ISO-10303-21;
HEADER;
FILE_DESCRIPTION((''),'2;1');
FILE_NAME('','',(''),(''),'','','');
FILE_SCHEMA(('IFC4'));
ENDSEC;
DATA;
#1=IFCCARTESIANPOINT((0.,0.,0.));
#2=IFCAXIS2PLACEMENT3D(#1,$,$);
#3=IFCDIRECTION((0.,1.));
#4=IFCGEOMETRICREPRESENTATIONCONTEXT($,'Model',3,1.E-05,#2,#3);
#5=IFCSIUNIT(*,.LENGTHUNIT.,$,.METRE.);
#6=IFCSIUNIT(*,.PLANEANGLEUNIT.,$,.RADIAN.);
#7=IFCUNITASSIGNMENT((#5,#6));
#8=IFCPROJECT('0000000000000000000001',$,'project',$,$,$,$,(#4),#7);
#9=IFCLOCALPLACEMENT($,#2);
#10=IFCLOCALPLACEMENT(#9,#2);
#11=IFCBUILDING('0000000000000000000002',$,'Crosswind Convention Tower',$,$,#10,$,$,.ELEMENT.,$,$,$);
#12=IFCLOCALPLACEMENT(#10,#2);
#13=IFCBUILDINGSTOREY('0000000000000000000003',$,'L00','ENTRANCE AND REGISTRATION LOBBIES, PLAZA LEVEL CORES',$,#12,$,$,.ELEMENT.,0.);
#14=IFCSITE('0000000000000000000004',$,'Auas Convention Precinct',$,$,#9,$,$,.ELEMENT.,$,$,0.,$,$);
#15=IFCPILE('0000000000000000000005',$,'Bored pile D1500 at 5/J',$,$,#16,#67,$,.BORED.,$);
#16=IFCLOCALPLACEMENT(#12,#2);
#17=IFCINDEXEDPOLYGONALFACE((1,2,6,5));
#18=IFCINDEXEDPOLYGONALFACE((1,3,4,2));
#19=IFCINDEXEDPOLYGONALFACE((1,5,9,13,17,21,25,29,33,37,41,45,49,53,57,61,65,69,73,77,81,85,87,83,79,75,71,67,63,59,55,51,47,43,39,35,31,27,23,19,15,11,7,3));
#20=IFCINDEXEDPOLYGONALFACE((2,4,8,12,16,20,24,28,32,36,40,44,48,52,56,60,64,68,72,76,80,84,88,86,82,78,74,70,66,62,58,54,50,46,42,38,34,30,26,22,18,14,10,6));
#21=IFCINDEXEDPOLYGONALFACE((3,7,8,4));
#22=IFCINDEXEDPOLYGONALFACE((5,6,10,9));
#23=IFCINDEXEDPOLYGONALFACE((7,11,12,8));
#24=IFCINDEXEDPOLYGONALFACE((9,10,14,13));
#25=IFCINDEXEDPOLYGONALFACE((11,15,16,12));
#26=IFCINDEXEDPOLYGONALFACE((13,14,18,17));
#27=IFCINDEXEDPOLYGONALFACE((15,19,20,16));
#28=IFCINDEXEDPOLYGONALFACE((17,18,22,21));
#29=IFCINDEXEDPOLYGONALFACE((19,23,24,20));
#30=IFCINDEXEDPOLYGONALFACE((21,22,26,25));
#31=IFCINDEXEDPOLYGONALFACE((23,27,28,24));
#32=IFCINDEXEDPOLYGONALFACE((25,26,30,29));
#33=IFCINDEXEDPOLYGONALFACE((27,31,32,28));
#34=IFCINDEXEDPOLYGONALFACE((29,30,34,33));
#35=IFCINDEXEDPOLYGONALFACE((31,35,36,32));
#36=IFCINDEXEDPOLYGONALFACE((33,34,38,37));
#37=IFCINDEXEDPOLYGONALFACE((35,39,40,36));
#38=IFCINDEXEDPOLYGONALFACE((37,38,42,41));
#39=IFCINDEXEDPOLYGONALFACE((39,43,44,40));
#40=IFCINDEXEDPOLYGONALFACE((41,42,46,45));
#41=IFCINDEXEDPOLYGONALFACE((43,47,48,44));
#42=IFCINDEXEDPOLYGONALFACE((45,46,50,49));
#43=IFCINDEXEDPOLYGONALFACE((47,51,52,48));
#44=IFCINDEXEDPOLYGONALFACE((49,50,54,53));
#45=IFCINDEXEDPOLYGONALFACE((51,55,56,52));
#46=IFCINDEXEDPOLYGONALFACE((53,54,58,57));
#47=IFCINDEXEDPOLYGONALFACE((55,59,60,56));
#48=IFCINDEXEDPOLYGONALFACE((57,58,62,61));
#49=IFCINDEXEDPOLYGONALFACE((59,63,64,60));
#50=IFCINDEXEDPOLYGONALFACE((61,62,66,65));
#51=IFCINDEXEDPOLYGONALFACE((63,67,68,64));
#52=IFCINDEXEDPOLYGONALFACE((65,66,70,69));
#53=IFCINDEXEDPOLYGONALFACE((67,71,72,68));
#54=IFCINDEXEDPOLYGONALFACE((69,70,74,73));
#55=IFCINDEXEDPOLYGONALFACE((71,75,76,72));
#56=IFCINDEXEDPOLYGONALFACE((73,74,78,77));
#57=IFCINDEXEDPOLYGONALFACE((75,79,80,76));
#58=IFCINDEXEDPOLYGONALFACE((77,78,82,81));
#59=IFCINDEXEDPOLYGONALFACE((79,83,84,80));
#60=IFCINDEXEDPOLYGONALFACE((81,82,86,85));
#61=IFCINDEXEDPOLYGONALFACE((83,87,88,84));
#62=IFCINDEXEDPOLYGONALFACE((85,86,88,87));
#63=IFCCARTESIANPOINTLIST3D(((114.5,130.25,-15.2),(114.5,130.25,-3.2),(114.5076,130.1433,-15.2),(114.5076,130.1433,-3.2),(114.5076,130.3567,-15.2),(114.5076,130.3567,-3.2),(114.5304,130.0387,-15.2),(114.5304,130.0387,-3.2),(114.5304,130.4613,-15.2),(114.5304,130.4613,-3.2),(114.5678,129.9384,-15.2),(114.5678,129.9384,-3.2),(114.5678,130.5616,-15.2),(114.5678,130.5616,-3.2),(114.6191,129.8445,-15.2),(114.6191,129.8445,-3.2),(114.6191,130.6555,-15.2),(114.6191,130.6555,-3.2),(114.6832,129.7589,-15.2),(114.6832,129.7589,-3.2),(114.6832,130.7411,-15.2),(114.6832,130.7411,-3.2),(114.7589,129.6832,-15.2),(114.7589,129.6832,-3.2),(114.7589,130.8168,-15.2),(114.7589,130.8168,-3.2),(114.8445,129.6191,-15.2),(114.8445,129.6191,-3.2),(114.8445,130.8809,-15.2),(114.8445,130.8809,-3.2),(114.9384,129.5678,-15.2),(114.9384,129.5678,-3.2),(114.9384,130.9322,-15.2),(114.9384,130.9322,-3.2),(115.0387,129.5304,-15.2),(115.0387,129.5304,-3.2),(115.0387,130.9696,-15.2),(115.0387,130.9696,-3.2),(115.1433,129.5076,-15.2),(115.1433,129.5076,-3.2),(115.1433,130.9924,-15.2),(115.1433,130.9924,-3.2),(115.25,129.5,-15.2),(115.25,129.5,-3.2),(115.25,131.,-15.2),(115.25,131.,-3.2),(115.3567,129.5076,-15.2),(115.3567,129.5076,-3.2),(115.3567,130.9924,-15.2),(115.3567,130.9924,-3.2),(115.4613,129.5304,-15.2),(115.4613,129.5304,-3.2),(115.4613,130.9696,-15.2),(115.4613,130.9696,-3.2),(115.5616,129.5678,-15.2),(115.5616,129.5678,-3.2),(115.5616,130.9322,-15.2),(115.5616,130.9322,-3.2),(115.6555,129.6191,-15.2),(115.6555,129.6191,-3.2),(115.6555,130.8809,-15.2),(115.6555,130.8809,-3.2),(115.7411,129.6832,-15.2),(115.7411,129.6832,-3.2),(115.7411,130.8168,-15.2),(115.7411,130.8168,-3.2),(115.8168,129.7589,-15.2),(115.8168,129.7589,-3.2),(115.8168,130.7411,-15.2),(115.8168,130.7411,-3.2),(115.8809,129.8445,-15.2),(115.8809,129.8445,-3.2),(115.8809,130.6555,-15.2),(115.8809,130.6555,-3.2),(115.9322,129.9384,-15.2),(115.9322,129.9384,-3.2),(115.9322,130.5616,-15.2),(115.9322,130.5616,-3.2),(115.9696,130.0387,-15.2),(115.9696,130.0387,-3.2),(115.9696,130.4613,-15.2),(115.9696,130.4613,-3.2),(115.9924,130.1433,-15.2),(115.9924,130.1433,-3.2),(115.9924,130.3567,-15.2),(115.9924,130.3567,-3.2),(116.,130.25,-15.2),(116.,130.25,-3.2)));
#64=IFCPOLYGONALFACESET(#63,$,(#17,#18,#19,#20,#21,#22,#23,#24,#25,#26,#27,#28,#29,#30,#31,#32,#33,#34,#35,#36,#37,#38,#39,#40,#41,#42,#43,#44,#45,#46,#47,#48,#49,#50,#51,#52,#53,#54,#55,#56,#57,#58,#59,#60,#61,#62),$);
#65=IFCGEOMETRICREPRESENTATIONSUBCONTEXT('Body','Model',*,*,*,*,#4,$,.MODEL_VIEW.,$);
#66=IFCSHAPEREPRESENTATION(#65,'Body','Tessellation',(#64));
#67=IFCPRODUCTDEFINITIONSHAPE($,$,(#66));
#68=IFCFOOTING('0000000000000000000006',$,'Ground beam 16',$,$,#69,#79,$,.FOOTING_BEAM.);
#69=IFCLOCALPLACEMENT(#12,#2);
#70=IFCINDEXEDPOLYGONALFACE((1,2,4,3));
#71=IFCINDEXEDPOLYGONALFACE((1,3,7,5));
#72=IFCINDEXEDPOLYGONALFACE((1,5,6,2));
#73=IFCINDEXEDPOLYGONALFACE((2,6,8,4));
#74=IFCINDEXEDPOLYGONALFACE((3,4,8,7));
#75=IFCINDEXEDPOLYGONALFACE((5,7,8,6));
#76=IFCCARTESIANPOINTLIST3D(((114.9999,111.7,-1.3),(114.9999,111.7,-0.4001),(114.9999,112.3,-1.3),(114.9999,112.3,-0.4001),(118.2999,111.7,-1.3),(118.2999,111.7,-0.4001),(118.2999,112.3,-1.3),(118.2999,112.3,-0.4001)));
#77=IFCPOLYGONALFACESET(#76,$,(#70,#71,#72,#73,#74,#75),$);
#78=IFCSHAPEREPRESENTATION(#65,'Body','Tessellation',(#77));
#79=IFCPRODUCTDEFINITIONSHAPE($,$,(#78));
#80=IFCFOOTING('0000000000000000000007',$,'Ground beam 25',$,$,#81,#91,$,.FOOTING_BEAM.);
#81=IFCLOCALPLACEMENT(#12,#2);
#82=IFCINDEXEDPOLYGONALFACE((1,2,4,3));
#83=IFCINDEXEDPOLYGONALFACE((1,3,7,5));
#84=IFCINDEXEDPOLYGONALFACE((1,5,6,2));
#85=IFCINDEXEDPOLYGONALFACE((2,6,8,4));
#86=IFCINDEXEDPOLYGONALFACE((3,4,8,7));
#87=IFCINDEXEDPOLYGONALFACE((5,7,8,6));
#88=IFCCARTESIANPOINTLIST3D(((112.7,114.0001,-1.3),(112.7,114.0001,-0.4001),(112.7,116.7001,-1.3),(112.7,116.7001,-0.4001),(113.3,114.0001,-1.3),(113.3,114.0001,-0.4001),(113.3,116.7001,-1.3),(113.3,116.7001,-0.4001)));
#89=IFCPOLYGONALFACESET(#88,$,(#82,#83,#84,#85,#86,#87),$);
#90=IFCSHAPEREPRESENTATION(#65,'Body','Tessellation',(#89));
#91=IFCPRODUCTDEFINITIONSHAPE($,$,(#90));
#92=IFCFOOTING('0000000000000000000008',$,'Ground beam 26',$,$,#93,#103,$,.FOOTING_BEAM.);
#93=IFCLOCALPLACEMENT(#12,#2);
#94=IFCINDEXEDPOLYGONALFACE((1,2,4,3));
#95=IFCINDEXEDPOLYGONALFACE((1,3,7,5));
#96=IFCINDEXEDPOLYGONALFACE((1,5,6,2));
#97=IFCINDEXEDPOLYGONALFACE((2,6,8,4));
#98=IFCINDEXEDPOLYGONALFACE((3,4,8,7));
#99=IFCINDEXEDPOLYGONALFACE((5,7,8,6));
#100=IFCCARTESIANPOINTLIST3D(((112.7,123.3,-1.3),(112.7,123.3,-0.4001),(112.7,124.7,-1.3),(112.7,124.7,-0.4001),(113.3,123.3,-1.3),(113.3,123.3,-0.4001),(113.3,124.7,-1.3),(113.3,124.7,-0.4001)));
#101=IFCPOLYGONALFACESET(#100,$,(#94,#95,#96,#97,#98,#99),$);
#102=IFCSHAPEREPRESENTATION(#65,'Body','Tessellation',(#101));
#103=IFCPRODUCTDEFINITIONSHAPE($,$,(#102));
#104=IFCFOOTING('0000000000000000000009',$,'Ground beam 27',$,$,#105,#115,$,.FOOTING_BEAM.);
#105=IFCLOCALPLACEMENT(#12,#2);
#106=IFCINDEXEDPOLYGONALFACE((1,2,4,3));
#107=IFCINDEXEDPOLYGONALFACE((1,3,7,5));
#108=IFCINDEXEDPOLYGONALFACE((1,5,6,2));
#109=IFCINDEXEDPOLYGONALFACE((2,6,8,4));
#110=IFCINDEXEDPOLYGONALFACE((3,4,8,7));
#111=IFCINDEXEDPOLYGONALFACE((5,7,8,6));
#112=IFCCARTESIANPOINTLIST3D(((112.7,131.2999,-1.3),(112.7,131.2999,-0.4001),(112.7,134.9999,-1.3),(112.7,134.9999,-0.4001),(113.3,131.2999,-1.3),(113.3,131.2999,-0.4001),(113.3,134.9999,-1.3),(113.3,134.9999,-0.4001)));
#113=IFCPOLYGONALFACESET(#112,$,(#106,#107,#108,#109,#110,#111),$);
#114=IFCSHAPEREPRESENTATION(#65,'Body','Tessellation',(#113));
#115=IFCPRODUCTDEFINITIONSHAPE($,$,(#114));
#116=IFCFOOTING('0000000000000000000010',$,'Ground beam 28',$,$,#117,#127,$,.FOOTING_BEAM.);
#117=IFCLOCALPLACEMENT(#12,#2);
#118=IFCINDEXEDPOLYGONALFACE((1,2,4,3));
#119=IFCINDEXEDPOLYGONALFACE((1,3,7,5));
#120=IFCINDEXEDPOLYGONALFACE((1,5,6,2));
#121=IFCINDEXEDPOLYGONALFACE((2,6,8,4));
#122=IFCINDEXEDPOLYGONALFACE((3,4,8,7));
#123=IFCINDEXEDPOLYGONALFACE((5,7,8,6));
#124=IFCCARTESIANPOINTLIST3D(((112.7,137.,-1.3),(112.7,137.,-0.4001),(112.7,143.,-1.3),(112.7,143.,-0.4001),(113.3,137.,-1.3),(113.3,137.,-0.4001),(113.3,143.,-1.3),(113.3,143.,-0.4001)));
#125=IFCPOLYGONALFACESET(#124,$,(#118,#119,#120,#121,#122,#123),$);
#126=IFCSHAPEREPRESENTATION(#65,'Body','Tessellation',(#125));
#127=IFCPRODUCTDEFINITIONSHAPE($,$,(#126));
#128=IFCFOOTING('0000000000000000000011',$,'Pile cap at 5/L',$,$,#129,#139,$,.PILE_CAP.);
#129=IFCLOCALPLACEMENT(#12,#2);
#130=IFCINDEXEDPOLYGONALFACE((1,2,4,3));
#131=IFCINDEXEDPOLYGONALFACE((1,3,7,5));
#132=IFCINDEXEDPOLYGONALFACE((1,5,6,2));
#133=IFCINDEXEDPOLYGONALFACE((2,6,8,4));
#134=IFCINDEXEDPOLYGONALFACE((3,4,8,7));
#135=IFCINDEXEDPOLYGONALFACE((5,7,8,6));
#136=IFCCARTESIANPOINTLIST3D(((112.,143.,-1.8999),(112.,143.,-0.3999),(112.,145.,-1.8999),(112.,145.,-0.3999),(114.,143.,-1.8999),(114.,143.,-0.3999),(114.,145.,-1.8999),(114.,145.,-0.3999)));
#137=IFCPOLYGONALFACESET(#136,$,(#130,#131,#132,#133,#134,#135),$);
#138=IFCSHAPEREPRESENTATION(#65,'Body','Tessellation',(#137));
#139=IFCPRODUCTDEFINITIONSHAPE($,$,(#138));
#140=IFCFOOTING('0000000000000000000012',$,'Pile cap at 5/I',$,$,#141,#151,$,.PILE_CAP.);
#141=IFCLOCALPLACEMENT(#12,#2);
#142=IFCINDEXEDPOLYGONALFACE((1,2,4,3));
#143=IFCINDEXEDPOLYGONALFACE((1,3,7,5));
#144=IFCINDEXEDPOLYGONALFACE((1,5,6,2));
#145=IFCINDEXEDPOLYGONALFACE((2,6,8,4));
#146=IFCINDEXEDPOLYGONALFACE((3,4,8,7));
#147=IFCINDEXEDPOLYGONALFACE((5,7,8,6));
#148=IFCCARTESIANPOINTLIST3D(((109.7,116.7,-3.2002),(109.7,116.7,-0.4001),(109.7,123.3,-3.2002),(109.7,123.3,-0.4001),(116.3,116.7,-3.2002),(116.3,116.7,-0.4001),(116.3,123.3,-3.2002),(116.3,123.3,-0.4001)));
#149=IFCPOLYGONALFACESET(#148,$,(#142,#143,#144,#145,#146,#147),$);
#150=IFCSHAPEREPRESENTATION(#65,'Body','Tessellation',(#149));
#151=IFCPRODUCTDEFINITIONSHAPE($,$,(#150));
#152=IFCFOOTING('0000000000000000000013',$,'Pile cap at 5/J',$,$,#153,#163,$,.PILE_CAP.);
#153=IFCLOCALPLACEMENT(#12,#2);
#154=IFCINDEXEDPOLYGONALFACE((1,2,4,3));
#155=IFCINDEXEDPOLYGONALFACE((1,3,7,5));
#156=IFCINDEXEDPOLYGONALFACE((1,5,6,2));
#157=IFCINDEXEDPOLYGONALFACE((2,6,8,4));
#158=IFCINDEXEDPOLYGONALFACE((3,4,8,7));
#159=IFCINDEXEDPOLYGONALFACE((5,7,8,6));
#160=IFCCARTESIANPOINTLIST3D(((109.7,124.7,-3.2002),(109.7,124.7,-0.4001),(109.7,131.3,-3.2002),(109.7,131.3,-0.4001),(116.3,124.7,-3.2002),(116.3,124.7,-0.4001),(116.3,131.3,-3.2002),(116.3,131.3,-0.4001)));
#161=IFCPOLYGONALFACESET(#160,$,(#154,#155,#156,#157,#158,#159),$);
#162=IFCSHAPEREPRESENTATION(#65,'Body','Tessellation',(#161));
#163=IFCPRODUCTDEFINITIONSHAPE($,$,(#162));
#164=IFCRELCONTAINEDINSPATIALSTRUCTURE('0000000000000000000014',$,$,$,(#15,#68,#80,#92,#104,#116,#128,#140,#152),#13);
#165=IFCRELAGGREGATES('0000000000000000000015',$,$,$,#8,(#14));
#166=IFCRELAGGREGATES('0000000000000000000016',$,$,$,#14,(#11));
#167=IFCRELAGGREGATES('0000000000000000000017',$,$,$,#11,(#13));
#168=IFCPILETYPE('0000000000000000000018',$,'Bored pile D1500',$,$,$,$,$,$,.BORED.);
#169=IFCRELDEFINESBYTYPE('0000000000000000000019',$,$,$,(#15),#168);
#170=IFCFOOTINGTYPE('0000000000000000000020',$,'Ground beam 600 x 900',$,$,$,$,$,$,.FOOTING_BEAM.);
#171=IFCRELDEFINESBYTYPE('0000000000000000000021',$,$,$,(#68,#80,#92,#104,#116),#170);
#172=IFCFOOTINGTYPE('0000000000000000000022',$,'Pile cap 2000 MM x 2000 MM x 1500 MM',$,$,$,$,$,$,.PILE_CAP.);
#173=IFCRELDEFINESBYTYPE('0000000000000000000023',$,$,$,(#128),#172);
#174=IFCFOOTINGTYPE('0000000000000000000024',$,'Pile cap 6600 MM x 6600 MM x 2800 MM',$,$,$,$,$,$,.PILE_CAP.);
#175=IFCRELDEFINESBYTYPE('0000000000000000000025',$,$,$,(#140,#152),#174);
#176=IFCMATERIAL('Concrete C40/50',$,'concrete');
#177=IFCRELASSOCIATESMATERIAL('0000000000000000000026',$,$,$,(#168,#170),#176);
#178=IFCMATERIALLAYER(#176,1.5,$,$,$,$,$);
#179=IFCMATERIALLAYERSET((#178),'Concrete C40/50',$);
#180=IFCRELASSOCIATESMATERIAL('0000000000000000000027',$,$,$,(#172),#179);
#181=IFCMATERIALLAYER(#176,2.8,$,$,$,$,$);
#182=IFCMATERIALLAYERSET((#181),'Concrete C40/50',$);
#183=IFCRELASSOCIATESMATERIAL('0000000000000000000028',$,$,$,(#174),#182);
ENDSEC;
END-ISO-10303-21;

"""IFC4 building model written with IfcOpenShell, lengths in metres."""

from ifc_helpers import new_model, si_unit, direction, frame, origin, origin_2d, place, context, subcontext, project, spatial, rectangle, circle, extrude, material, layer, layer_set, material_profile, profile_set, type_object, element, save


model = new_model("IFC4")

# Units and contexts
model_context = context("Model", 3, precision=1e-05, world=origin(), true_north=direction((0.0, 1.0)))
body_context = subcontext(model_context, "Body", "Model", "MODEL_VIEW")
ifc_project = project(units=[si_unit("LENGTHUNIT", "METRE"), si_unit("PLANEANGLEUNIT", "RADIAN")], contexts=[model_context])

# Site, building, storey
site_placement = place(None, origin())
site = spatial("IfcSite", under=ifc_project, at=site_placement, Name="Auas Convention Precinct", CompositionType="ELEMENT", RefElevation=0.0)
building_placement = place(site_placement, origin())
building = spatial("IfcBuilding", under=site, at=building_placement, Name="Crosswind Convention Tower", CompositionType="ELEMENT")
storey_placement = place(building_placement, origin())
storey = spatial("IfcBuildingStorey", under=building, at=storey_placement, Name="L00", Description="ENTRANCE AND REGISTRATION LOBBIES, PLAZA LEVEL CORES", CompositionType="ELEMENT", Elevation=0.0)

# Pile
ifc_material_1 = material(Name="Concrete C40/50", Category="concrete")
ifc_material_profile_1 = material_profile(ifc_material_1, circle(Radius=0.75, at=origin_2d()), Name="Bored pile D1500")
ifc_profile_set_1 = profile_set([ifc_material_profile_1], Name="Concrete C40/50")
pile_type_1 = type_object("IfcPileType", Name="Bored pile D1500", PredefinedType="BORED", material=ifc_profile_set_1)
for number, where, z_axis, x_axis, name in (
    (1, (115.25, 130.25, -3.2), (0.0, 0.0, -1.0), (1.0, 0.0, 0.0), "Bored pile D1500 at 5/J"),
):
    element("IfcPile", number, at=place(storey_placement, frame(where, z_axis=z_axis, x_axis=x_axis)), inside=storey, type_object=pile_type_1, Name=name, PredefinedType="BORED", context=body_context, shape_type="SweptSolid", body=[
        extrude(circle(Radius=0.75, at=origin_2d()), origin(), (0.0, 0.0, 1.0), 12.0),
    ])

# Footings
footing_type_1 = type_object("IfcFootingType", Name="Ground beam 600 x 900", PredefinedType="FOOTING_BEAM", material=ifc_material_1)
footing_1_placement = place(storey_placement, frame((116.6499, 112.0, -1.3), z_axis=(0.0, 0.0, 1.0), x_axis=(1.0, 0.0, 0.0)))
element("IfcFooting", 2, at=footing_1_placement, inside=storey, type_object=footing_type_1, Name="Ground beam 16", PredefinedType="FOOTING_BEAM", context=body_context, shape_type="SweptSolid", body=[
    extrude(rectangle(XDim=3.3, YDim=0.6001, at=origin_2d()), origin(), (0.0, 0.0, 1.0), 0.8999),
])
footing_2_placement = place(storey_placement, frame((113.0, 115.3501, -1.3), z_axis=(0.0, 0.0, 1.0), x_axis=(1.0, 0.0, 0.0)))
element("IfcFooting", 3, at=footing_2_placement, inside=storey, type_object=footing_type_1, Name="Ground beam 25", PredefinedType="FOOTING_BEAM", context=body_context, shape_type="SweptSolid", body=[
    extrude(rectangle(XDim=0.6001, YDim=2.7, at=origin_2d()), origin(), (0.0, 0.0, 1.0), 0.8999),
])
footing_3_placement = place(storey_placement, frame((113.0, 124.0, -1.3), z_axis=(0.0, 0.0, 1.0), x_axis=(1.0, 0.0, 0.0)))
element("IfcFooting", 4, at=footing_3_placement, inside=storey, type_object=footing_type_1, Name="Ground beam 26", PredefinedType="FOOTING_BEAM", context=body_context, shape_type="SweptSolid", body=[
    extrude(rectangle(XDim=0.6001, YDim=1.3999, at=origin_2d()), origin(), (0.0, 0.0, 1.0), 0.8999),
])
footing_4_placement = place(storey_placement, frame((113.0, 133.1499, -1.3), z_axis=(0.0, 0.0, 1.0), x_axis=(1.0, 0.0, 0.0)))
element("IfcFooting", 5, at=footing_4_placement, inside=storey, type_object=footing_type_1, Name="Ground beam 27", PredefinedType="FOOTING_BEAM", context=body_context, shape_type="SweptSolid", body=[
    extrude(rectangle(XDim=0.6001, YDim=3.7, at=origin_2d()), origin(), (0.0, 0.0, 1.0), 0.8999),
])
footing_5_placement = place(storey_placement, frame((113.0, 140.0, -1.3), z_axis=(0.0, 0.0, 1.0), x_axis=(1.0, 0.0, 0.0)))
element("IfcFooting", 6, at=footing_5_placement, inside=storey, type_object=footing_type_1, Name="Ground beam 28", PredefinedType="FOOTING_BEAM", context=body_context, shape_type="SweptSolid", body=[
    extrude(rectangle(XDim=0.6001, YDim=6.0, at=origin_2d()), origin(), (0.0, 0.0, 1.0), 0.8999),
])
ifc_layer_1 = layer(ifc_material_1, 1.5)
ifc_layer_set_1 = layer_set([ifc_layer_1], Name="Concrete C40/50")
footing_type_2 = type_object("IfcFootingType", Name="Pile cap 2000 MM x 2000 MM x 1500 MM", PredefinedType="PILE_CAP", material=ifc_layer_set_1)
footing_6_placement = place(storey_placement, frame((113.0, 144.0, -1.8999), z_axis=(0.0, 0.0, 1.0), x_axis=(1.0, 0.0, 0.0)))
element("IfcFooting", 7, at=footing_6_placement, inside=storey, type_object=footing_type_2, Name="Pile cap at 5/L", PredefinedType="PILE_CAP", context=body_context, shape_type="SweptSolid", body=[
    extrude(rectangle(XDim=2.0, YDim=2.0, at=origin_2d()), origin(), (0.0, 0.0, 1.0), 1.5),
])
ifc_layer_2 = layer(ifc_material_1, 2.8)
ifc_layer_set_2 = layer_set([ifc_layer_2], Name="Concrete C40/50")
footing_type_3 = type_object("IfcFootingType", Name="Pile cap 6600 MM x 6600 MM x 2800 MM", PredefinedType="PILE_CAP", material=ifc_layer_set_2)
for number, where, z_axis, x_axis, name in (
    (8, (113.0, 120.0, -3.2002), (0.0, 0.0, 1.0), (1.0, 0.0, 0.0), "Pile cap at 5/I"),
    (9, (113.0, 128.0, -3.2002), (0.0, 0.0, 1.0), (1.0, 0.0, 0.0), "Pile cap at 5/J"),
):
    element("IfcFooting", number, at=place(storey_placement, frame(where, z_axis=z_axis, x_axis=x_axis)), inside=storey, type_object=footing_type_3, Name=name, PredefinedType="PILE_CAP", context=body_context, shape_type="SweptSolid", body=[
        extrude(rectangle(XDim=6.6001, YDim=6.6001, at=origin_2d()), origin(), (0.0, 0.0, 1.0), 2.8),
    ])

save(model, "model.ifc")
